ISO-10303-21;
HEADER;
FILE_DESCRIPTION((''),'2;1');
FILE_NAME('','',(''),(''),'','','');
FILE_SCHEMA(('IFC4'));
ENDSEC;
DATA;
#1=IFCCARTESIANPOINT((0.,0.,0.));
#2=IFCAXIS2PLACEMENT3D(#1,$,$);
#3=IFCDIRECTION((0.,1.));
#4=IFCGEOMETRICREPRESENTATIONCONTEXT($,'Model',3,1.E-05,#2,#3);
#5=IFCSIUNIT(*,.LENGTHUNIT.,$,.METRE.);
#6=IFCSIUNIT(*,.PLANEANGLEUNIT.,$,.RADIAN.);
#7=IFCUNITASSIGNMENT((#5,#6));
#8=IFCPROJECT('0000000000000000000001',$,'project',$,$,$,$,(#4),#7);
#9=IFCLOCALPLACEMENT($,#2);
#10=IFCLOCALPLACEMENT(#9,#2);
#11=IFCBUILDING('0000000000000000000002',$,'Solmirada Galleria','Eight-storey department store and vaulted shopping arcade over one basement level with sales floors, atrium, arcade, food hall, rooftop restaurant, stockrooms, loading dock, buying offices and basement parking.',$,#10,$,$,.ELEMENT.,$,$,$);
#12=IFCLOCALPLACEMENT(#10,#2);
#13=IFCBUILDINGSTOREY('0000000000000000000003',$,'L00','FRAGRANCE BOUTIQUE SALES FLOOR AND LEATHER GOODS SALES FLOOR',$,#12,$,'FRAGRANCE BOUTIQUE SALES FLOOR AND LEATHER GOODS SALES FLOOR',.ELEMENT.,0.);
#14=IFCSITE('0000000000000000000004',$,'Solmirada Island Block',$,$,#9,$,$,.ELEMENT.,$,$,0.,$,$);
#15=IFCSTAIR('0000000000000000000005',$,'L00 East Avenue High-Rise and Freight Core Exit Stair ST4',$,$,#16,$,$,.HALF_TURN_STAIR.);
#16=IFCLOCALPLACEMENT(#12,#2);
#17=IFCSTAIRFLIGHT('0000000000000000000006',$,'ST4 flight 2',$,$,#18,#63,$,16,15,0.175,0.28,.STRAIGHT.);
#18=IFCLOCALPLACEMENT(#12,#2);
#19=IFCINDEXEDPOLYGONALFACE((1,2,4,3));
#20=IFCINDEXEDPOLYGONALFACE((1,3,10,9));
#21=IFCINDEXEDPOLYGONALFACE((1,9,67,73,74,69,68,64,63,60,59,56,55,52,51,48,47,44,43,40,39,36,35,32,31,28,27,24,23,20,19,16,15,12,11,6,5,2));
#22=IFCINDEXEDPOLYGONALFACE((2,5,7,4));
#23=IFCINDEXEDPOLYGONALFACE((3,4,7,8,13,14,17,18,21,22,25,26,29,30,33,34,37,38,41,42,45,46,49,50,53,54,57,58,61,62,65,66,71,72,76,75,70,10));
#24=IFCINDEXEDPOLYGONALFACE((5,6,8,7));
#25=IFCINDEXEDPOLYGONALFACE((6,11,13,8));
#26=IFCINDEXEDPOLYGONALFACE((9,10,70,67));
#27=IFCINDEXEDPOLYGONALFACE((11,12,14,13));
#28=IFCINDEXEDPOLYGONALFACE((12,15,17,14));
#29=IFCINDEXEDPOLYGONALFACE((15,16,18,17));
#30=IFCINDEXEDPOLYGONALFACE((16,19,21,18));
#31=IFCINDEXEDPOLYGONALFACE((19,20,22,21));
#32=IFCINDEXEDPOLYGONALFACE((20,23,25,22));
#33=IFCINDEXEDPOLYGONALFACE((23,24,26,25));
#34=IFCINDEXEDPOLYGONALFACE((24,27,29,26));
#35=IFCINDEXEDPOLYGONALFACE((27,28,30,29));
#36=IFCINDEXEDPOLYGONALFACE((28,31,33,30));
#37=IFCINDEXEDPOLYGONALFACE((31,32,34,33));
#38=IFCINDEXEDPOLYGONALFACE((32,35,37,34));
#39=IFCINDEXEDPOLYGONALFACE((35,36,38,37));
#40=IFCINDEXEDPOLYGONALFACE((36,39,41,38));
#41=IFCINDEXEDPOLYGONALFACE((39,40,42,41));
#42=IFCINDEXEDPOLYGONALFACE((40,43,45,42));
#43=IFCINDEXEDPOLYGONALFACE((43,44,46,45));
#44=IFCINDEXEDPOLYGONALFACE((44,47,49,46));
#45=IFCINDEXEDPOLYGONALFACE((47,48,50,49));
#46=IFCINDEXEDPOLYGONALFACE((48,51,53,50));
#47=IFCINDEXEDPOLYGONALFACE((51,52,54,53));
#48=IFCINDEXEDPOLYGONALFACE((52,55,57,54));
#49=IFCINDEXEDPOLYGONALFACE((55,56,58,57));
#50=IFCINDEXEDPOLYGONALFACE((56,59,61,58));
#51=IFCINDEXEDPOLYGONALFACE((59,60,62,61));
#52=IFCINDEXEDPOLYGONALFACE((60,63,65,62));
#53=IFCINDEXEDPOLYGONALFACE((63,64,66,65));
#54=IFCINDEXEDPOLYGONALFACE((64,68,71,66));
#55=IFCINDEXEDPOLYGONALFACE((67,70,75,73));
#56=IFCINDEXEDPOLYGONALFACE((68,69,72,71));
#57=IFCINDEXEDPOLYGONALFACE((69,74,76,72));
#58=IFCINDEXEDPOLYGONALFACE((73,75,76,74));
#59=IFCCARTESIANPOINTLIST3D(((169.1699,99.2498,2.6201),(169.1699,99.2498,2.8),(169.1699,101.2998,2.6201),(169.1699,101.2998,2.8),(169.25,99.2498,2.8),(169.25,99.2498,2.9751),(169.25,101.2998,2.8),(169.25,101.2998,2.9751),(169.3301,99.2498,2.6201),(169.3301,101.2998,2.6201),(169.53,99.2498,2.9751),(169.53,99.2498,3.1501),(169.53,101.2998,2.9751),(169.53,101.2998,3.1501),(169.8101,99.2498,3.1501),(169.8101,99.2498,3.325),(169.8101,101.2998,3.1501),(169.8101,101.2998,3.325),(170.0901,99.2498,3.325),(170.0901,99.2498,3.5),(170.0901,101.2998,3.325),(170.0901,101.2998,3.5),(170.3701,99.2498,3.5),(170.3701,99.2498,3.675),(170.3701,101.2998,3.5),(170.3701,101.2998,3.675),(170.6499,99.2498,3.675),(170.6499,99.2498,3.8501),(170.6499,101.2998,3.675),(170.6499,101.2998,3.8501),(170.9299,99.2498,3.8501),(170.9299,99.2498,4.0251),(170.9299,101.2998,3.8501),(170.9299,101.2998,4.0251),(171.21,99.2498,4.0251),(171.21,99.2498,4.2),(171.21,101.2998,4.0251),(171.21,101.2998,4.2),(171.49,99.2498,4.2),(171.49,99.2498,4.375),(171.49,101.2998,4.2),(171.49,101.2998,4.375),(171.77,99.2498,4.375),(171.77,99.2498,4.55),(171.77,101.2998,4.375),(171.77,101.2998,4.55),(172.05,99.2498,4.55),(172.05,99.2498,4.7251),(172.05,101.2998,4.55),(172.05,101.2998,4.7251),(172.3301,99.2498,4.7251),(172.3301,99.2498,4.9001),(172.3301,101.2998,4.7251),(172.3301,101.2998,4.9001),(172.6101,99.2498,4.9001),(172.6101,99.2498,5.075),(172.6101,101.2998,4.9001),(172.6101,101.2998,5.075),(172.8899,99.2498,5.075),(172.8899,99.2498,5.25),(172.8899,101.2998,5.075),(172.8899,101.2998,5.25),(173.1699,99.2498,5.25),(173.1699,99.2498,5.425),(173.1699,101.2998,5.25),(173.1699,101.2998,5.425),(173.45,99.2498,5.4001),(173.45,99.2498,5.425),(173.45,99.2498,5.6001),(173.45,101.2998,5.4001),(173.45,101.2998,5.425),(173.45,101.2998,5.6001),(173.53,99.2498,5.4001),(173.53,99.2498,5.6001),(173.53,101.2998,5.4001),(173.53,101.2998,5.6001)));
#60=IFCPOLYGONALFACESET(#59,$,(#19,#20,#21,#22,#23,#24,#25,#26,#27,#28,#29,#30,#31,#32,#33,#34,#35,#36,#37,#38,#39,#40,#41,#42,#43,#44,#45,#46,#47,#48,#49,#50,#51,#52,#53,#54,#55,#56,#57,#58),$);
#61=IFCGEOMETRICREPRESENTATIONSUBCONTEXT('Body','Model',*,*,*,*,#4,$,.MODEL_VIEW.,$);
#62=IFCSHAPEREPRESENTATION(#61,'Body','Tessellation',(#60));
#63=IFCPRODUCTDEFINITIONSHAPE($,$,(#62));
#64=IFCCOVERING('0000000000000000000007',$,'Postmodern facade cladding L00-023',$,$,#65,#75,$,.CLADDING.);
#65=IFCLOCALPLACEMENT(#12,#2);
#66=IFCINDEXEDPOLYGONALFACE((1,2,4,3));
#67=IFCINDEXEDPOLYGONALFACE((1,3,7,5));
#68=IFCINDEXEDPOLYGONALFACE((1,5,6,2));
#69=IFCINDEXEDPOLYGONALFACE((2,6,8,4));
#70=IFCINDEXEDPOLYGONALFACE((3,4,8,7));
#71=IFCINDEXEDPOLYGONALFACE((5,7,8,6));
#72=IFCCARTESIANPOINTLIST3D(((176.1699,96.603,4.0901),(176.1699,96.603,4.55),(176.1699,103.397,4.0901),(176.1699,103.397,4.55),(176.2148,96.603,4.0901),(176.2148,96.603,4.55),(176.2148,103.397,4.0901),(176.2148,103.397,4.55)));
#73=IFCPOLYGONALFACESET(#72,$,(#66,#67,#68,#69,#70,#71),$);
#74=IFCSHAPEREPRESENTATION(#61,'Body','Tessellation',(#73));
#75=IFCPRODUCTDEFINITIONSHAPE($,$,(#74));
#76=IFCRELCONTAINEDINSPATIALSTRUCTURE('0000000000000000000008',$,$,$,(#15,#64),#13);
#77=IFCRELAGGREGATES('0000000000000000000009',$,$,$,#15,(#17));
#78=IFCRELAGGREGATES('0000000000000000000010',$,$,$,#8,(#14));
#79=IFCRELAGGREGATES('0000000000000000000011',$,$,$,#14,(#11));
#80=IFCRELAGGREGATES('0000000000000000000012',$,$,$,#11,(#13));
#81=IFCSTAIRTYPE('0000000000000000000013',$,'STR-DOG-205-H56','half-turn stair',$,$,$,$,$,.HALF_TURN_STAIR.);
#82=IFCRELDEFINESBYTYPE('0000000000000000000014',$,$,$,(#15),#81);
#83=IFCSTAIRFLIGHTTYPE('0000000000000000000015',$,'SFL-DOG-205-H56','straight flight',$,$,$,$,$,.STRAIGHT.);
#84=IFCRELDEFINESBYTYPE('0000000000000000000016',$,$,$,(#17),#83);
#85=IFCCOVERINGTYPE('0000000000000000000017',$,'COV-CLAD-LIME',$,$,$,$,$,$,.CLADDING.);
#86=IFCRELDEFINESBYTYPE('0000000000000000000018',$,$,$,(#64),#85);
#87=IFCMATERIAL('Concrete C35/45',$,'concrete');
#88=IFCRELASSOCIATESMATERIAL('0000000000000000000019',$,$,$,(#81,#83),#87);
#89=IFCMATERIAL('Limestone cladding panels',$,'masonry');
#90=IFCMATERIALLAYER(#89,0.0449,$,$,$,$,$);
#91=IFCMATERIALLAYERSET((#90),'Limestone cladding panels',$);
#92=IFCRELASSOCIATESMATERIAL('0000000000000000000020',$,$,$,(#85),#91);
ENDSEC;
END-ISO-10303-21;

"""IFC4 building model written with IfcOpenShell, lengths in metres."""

from ifc_helpers import new_model, si_unit, direction, frame, origin, origin_2d, place, context, subcontext, project, spatial, polyline, rectangle, outline, extrude, material, layer, layer_set, type_object, element, aggregate, save


model = new_model("IFC4")

# Units and contexts
model_context = context("Model", 3, precision=1e-05, world=origin(), true_north=direction((0.0, 1.0)))
body_context = subcontext(model_context, "Body", "Model", "MODEL_VIEW")
ifc_project = project(units=[si_unit("LENGTHUNIT", "METRE"), si_unit("PLANEANGLEUNIT", "RADIAN")], contexts=[model_context])

# Site, building, storey
site_placement = place(None, origin())
site = spatial("IfcSite", under=ifc_project, at=site_placement, Name="Solmirada Island Block", CompositionType="ELEMENT", RefElevation=0.0)
building_placement = place(site_placement, origin())
building = spatial("IfcBuilding", under=site, at=building_placement, Name="Solmirada Galleria", Description="Eight-storey department store and vaulted shopping arcade over one basement level with sales floors, atrium, arcade, food hall, rooftop restaurant, stockrooms, loading dock, buying offices and basement parking.", CompositionType="ELEMENT")
storey_placement = place(building_placement, origin())
storey = spatial("IfcBuildingStorey", under=building, at=storey_placement, Name="L00", Description="FRAGRANCE BOUTIQUE SALES FLOOR AND LEATHER GOODS SALES FLOOR", LongName="FRAGRANCE BOUTIQUE SALES FLOOR AND LEATHER GOODS SALES FLOOR", CompositionType="ELEMENT", Elevation=0.0)

# Stair, stair flight
ifc_material_1 = material(Name="Concrete C35/45", Category="concrete")
stair_type = type_object("IfcStairType", Name="STR-DOG-205-H56", Description="half-turn stair", PredefinedType="HALF_TURN_STAIR", material=ifc_material_1)
stair_placement = place(storey_placement, origin())
stair = element("IfcStair", 1, at=stair_placement, inside=storey, type_object=stair_type, Name="L00 East Avenue High-Rise and Freight Core Exit Stair ST4", PredefinedType="HALF_TURN_STAIR")
stair_flight_type = type_object("IfcStairFlightType", Name="SFL-DOG-205-H56", Description="straight flight", PredefinedType="STRAIGHT", material=ifc_material_1)
stair_flight_1_placement = place(storey_placement, frame((169.25, 100.2749, 2.8), z_axis=(0.0, 0.0, 1.0), x_axis=(1.0, 0.0, 0.0)))
stair_flight_1 = element("IfcStairFlight", 2, at=stair_flight_1_placement, type_object=stair_flight_type, Name="ST4 flight 2", NumberOfRisers=16, NumberOfTreads=15, PredefinedType="STRAIGHT", RiserHeight=0.175, TreadLength=0.28, context=body_context, shape_type="SweptSolid", body=[
    extrude(outline(polyline([(-0.0801, 0.0), (0.0, 0.0), (0.0, 0.175), (0.28, 0.175), (0.28, 0.3501), (0.5601, 0.3501), (0.5601, 0.5249), (0.8401, 0.5249), (0.8401, 0.7), (1.1201, 0.7), (1.1201, 0.875), (1.3999, 0.875), (1.3999, 1.05), (1.6799, 1.05), (1.6799, 1.2251), (1.96, 1.2251), (1.96, 1.3999), (2.24, 1.3999), (2.24, 1.575), (2.52, 1.575), (2.52, 1.75), (2.8, 1.75), (2.8, 1.925), (3.0801, 1.925), (3.0801, 2.1001), (3.3601, 2.1001), (3.3601, 2.2749), (3.6399, 2.2749), (3.6399, 2.45), (3.9199, 2.45), (3.9199, 2.625), (4.2, 2.625), (4.2, 2.8), (4.28, 2.8), (4.28, 2.6001), (4.2, 2.6001), (0.0801, -0.1799), (-0.0801, -0.1799), (-0.0801, 0.0)])), frame((0.0, 1.0249, 0.0), z_axis=(0.0, -1.0, 0.0), x_axis=(1.0, 0.0, 0.0)), (0.0, 0.0, 1.0), 2.05),
])
aggregate(stair, [stair_flight_1])

# Covering
ifc_material_2 = material(Name="Limestone cladding panels", Category="masonry")
ifc_layer_1 = layer(ifc_material_2, 0.0449)
ifc_layer_set_1 = layer_set([ifc_layer_1], Name="Limestone cladding panels")
covering_type = type_object("IfcCoveringType", Name="COV-CLAD-LIME", PredefinedType="CLADDING", material=ifc_layer_set_1)
covering_placement = place(storey_placement, frame((176.1924, 100.0, 4.0901), z_axis=(0.0, 0.0, 1.0), x_axis=(0.0, -1.0, 0.0)))
element("IfcCovering", 3, at=covering_placement, inside=storey, type_object=covering_type, Name="Postmodern facade cladding L00-023", PredefinedType="CLADDING", context=body_context, shape_type="SweptSolid", body=[
    extrude(rectangle(XDim=6.7939, YDim=0.0449, at=origin_2d()), origin(), (0.0, 0.0, 1.0), 0.46),
])

save(model, "model.ifc")
